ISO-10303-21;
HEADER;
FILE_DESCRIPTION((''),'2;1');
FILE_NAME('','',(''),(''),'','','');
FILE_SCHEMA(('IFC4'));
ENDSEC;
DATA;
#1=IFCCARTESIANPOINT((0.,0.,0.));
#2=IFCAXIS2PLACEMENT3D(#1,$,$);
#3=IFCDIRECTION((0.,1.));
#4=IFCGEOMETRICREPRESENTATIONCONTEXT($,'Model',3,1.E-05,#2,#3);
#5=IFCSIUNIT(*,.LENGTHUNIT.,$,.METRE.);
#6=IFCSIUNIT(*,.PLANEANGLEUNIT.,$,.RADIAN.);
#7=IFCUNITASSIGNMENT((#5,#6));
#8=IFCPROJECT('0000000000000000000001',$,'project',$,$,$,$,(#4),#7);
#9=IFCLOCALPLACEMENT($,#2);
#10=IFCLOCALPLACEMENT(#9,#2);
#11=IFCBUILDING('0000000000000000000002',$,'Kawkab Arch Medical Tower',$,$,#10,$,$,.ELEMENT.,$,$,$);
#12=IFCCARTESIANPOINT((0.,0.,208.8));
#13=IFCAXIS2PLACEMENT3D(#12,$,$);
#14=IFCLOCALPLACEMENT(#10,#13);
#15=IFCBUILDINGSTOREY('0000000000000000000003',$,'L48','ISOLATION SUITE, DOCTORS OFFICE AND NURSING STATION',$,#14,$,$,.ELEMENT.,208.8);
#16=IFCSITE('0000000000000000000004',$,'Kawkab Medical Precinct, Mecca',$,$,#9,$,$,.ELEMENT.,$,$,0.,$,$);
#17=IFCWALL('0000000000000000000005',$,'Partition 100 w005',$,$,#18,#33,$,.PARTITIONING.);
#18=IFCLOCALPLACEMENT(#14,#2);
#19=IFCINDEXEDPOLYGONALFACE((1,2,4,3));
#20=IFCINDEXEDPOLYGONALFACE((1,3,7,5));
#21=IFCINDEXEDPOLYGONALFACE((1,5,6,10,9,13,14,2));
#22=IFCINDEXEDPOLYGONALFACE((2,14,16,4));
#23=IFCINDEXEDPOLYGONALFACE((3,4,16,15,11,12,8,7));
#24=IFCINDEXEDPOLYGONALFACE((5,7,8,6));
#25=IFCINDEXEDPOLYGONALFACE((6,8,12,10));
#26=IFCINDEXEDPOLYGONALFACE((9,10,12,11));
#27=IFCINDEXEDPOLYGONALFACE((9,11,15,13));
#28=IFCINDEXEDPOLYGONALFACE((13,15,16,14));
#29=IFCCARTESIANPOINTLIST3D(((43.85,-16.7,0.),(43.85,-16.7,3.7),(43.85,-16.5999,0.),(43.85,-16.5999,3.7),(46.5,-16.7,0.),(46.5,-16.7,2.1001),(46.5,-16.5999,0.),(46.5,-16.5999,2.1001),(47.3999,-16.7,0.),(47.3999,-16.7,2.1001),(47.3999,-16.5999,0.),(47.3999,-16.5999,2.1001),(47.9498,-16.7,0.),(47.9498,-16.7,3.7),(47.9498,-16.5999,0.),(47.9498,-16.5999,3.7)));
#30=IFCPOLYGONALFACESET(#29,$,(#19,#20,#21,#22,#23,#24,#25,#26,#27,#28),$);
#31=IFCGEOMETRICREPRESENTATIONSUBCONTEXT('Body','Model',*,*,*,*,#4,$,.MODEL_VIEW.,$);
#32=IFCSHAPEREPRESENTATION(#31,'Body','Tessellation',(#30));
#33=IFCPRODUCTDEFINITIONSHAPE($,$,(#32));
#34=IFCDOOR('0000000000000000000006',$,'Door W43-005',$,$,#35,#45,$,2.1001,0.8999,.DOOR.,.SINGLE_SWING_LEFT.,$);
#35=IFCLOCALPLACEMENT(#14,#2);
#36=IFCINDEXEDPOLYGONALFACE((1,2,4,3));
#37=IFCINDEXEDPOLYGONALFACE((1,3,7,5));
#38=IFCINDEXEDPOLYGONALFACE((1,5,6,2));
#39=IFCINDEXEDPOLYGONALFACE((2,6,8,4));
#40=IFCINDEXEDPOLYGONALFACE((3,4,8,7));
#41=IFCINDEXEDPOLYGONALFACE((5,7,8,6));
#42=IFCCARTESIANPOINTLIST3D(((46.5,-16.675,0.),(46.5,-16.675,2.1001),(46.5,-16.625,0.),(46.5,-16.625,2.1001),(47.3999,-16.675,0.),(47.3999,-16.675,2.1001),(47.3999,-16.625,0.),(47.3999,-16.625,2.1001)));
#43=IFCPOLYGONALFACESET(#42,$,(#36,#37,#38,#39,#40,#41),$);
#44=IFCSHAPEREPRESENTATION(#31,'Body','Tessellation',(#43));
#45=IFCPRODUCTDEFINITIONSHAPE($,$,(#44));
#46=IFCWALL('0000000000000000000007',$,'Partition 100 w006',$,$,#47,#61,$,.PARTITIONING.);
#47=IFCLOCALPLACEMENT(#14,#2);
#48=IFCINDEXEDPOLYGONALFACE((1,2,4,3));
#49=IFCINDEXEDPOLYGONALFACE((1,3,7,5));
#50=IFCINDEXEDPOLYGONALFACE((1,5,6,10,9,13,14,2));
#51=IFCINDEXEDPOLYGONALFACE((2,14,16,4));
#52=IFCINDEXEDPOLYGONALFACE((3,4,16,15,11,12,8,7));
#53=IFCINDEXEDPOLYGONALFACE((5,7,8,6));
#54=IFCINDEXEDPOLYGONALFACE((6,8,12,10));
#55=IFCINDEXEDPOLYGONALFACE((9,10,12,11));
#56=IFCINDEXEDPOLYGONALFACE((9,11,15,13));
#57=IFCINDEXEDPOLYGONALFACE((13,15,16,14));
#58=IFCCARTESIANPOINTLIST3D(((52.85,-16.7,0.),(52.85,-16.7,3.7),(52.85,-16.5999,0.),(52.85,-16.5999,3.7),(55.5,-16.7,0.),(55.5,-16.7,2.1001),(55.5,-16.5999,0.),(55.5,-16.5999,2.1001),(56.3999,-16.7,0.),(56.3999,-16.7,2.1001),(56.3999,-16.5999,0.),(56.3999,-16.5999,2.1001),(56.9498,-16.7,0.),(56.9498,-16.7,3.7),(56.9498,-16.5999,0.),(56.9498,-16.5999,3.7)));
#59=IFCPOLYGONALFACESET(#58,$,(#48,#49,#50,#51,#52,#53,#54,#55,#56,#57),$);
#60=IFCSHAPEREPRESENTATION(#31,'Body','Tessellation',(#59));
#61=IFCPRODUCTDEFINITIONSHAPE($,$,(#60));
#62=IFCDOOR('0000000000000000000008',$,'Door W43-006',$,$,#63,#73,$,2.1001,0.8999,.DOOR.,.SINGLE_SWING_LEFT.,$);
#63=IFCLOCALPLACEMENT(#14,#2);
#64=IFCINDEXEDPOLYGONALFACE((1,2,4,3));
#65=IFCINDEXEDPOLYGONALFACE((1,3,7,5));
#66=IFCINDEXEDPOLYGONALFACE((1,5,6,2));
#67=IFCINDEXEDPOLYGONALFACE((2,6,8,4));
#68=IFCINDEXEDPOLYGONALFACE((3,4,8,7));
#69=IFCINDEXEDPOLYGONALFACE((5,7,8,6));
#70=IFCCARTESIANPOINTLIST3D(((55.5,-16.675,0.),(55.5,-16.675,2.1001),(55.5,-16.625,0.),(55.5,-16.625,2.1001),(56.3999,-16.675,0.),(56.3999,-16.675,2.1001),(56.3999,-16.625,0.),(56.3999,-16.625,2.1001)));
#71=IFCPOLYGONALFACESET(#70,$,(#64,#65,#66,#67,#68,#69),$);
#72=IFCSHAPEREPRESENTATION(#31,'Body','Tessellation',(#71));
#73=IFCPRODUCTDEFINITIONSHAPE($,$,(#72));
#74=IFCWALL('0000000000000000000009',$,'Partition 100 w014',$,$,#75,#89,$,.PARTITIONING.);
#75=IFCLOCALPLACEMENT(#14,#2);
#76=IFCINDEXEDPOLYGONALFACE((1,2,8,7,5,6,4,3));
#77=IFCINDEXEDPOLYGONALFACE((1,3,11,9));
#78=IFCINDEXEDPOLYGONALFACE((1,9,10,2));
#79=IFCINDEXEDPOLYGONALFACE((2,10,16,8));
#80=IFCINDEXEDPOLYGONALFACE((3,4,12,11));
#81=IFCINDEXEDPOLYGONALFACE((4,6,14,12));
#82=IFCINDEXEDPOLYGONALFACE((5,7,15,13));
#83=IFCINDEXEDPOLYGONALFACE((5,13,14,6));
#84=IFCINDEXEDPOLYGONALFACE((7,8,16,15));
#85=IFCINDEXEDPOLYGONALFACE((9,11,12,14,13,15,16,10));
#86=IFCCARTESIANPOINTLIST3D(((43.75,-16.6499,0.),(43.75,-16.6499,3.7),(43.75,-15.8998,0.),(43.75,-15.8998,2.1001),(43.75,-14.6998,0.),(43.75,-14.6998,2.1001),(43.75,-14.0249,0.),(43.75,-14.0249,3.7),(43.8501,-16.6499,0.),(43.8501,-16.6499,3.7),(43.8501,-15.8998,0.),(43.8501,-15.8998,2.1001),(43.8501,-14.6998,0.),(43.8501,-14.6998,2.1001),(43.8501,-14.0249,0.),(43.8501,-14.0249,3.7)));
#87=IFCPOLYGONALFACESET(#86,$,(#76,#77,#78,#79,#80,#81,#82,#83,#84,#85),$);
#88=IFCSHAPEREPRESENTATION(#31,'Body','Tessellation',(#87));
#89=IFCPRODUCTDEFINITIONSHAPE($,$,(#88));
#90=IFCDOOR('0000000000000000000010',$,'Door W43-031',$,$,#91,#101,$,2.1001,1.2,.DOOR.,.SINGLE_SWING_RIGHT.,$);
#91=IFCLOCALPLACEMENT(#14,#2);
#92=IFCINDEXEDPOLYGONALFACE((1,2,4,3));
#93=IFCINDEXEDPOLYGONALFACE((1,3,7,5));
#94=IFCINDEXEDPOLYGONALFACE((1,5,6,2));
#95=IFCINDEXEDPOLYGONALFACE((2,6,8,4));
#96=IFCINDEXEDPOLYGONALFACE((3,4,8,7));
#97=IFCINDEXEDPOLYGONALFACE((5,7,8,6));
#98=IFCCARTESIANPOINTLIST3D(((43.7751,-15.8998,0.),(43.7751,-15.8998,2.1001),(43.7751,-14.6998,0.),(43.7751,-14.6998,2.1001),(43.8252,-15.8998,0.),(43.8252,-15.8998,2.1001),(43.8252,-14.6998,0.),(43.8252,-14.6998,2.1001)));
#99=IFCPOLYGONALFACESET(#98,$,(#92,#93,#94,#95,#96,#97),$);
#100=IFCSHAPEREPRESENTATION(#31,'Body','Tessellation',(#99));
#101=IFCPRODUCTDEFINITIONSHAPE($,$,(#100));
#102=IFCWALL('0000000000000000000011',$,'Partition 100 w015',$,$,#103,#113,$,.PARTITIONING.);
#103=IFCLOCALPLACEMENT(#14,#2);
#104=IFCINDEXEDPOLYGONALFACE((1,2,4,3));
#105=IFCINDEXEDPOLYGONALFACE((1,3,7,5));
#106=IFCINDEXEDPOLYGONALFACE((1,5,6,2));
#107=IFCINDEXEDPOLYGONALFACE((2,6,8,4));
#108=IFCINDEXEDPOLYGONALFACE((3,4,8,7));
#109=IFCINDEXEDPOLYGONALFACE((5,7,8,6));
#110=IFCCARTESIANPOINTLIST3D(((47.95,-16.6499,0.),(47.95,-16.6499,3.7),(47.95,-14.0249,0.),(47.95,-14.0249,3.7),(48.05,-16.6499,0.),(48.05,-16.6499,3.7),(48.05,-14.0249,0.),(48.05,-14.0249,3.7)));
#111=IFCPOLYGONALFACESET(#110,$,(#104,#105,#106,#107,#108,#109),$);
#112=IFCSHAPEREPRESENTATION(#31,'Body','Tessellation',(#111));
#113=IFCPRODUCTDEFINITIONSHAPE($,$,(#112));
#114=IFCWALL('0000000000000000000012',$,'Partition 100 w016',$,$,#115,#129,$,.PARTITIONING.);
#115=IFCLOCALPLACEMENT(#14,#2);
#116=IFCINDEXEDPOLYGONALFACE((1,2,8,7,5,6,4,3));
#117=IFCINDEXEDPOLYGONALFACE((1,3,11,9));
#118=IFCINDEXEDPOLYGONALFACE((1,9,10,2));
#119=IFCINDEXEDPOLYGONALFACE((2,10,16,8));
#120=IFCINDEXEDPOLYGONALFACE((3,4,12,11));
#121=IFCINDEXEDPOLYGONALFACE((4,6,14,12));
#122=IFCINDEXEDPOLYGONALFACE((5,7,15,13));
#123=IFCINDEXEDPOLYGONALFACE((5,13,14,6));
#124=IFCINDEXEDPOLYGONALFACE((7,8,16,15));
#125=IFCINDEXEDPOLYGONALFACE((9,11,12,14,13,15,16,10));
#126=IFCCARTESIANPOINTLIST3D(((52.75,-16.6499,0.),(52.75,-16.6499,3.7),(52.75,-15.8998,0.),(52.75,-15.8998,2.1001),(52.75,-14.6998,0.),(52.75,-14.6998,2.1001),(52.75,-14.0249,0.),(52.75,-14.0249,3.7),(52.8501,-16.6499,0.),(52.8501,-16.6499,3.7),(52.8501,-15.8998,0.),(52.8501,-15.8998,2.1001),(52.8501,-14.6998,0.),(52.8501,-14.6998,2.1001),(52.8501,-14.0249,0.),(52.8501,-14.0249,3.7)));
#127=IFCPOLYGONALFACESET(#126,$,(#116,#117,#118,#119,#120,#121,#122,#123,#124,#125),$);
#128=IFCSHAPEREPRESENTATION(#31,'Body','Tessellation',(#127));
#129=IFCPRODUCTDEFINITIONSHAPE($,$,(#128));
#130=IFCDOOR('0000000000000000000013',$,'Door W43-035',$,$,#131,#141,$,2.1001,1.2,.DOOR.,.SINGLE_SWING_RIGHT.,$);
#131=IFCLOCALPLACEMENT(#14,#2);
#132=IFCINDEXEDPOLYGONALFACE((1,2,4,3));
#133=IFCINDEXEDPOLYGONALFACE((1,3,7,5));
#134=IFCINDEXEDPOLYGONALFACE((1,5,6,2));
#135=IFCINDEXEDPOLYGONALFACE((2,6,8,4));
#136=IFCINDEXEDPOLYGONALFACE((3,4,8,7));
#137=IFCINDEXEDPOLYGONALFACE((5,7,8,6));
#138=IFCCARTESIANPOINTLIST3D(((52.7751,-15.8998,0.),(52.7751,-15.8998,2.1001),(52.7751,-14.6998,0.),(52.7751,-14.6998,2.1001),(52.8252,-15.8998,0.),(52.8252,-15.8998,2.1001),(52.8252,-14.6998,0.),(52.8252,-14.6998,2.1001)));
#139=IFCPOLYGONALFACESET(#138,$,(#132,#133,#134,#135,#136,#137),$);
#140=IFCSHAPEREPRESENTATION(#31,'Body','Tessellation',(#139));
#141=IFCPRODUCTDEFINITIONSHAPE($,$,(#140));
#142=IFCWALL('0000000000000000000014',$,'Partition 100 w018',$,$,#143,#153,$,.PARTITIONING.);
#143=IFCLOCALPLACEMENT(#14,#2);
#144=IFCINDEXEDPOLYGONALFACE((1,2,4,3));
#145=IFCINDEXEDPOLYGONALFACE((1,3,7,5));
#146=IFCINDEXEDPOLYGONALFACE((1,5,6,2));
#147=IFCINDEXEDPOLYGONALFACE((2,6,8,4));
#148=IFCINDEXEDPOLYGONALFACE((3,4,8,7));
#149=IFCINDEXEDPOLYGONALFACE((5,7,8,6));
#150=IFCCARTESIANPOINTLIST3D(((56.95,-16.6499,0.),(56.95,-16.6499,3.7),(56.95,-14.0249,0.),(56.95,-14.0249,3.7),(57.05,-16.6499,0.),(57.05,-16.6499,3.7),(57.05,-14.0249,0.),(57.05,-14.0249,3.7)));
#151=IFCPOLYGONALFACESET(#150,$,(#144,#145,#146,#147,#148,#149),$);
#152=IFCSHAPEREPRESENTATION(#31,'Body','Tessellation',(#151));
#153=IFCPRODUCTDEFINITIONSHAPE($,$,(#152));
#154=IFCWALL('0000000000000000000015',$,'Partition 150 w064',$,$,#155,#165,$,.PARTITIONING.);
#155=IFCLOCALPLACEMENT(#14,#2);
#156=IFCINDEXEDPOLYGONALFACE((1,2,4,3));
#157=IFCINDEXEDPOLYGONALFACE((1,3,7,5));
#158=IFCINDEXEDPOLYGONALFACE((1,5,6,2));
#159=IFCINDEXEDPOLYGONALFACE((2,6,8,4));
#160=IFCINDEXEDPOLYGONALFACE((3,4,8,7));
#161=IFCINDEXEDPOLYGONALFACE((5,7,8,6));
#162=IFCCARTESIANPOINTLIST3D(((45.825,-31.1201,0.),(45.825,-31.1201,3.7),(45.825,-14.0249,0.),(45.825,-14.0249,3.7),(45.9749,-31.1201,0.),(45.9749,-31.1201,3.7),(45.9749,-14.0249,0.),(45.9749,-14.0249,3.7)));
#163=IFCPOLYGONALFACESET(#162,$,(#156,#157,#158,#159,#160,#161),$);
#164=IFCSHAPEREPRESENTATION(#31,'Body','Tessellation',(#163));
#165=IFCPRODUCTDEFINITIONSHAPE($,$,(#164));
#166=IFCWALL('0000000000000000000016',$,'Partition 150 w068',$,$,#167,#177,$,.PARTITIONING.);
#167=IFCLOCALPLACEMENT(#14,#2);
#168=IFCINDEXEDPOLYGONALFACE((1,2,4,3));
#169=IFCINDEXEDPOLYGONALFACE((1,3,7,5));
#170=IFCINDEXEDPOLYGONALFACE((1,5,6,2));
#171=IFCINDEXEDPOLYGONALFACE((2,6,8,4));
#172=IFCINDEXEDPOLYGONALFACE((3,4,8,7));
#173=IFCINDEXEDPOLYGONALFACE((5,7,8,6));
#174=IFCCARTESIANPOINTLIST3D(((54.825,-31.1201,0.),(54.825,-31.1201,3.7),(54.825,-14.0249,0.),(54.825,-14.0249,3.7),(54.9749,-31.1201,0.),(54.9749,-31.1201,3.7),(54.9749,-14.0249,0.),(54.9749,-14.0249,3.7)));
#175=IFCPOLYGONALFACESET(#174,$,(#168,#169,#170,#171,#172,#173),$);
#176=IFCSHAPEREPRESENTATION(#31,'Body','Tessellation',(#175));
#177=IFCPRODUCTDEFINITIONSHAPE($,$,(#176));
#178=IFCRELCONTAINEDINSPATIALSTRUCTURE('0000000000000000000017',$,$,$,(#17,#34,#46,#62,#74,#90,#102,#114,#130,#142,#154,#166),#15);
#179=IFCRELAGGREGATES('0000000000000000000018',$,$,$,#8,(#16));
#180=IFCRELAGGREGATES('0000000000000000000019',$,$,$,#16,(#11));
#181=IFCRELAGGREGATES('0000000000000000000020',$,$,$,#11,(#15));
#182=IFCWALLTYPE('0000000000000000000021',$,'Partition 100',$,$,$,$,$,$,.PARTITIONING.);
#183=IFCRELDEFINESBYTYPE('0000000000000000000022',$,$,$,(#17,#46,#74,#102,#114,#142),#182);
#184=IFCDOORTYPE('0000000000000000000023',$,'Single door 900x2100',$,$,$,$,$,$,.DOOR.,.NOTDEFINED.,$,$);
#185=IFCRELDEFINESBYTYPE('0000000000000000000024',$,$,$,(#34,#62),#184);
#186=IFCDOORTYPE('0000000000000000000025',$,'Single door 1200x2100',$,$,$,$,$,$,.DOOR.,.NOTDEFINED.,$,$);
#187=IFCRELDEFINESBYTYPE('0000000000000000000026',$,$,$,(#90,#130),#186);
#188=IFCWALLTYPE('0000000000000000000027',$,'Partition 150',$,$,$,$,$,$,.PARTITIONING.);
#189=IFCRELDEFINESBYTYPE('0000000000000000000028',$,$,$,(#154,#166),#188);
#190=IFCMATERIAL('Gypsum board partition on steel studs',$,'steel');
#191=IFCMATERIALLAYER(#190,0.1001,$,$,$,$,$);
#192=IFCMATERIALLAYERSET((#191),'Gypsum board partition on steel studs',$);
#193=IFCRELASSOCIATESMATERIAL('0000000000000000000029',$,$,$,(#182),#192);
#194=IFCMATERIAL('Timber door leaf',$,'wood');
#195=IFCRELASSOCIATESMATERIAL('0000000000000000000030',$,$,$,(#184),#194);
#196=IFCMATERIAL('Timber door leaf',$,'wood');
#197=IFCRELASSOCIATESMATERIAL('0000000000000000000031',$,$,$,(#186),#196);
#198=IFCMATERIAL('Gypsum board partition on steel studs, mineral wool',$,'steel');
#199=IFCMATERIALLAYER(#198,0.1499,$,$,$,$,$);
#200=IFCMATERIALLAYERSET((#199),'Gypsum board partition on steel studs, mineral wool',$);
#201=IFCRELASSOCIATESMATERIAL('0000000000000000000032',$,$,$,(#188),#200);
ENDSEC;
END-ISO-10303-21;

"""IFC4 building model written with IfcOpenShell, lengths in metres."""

from ifc_helpers import new_model, si_unit, direction, frame, frame_2d, origin, place, context, subcontext, project, spatial, rectangle, extrude, material, layer, layer_set, type_object, element, fill, save


model = new_model("IFC4")

# Units and contexts
model_context = context("Model", 3, precision=1e-05, world=origin(), true_north=direction((0.0, 1.0)))
body_context = subcontext(model_context, "Body", "Model", "MODEL_VIEW")
ifc_project = project(units=[si_unit("LENGTHUNIT", "METRE"), si_unit("PLANEANGLEUNIT", "RADIAN")], contexts=[model_context])

# Site, building, storey
site_placement = place(None, origin())
site = spatial("IfcSite", under=ifc_project, at=site_placement, Name="Kawkab Medical Precinct, Mecca", CompositionType="ELEMENT", RefElevation=0.0)
building_placement = place(site_placement, origin())
building = spatial("IfcBuilding", under=site, at=building_placement, Name="Kawkab Arch Medical Tower", CompositionType="ELEMENT")
storey_placement = place(building_placement, frame((0.0, 0.0, 208.8)))
storey = spatial("IfcBuildingStorey", under=building, at=storey_placement, Name="L48", Description="ISOLATION SUITE, DOCTORS OFFICE AND NURSING STATION", CompositionType="ELEMENT", Elevation=208.8)

# Walls, openings, doors
ifc_material_1 = material(Name="Gypsum board partition on steel studs", Category="steel")
ifc_layer_1 = layer(ifc_material_1, 0.1001)
ifc_layer_set_1 = layer_set([ifc_layer_1], Name="Gypsum board partition on steel studs")
wall_type_1 = type_object("IfcWallType", Name="Partition 100", PredefinedType="PARTITIONING", material=ifc_layer_set_1)
wall_1_placement = place(storey_placement, frame((43.8501, -16.6499, 0.0), z_axis=(0.0, 0.0, 1.0), x_axis=(1.0, 0.0, 0.0)))
wall_1 = element("IfcWall", 1, at=wall_1_placement, inside=storey, type_object=wall_type_1, Name="Partition 100 w005", PredefinedType="PARTITIONING", context=body_context, shape_type="SweptSolid", body=[
    extrude(rectangle(XDim=4.0999, YDim=0.1001, at=frame_2d((2.0498, 0.0))), origin(), (0.0, 0.0, 1.0), 3.7),
])
opening_1_placement = place(wall_1_placement, frame((2.6499, 0.0, 0.0)))
opening_1 = element("IfcOpeningElement", 2, at=opening_1_placement, cuts=wall_1, PredefinedType="OPENING", context=body_context, shape_type="SweptSolid", body=[
    extrude(rectangle(XDim=0.8999, YDim=2.1001, at=frame_2d((0.45, 1.05))), frame((0.0, 0.0601, 0.0), z_axis=(0.0, -1.0, 0.0), x_axis=(1.0, 0.0, 0.0)), (0.0, 0.0, 1.0), 0.1201),
])
ifc_material_2 = material(Name="Timber door leaf", Category="wood")
door_type_1 = type_object("IfcDoorType", Name="Single door 900x2100", OperationType="NOTDEFINED", PredefinedType="DOOR", material=ifc_material_2)
door_1_placement = place(opening_1_placement, origin())
door_1 = element("IfcDoor", 3, at=door_1_placement, inside=storey, type_object=door_type_1, Name="Door W43-005", OperationType="SINGLE_SWING_LEFT", OverallHeight=2.1001, OverallWidth=0.8999, PredefinedType="DOOR", context=body_context, shape_type="SweptSolid", body=[
    extrude(rectangle(XDim=0.8999, YDim=2.1001, at=frame_2d((0.45, 1.05))), frame((0.0, 0.0249, 0.0), z_axis=(0.0, -1.0, 0.0), x_axis=(1.0, 0.0, 0.0)), (0.0, 0.0, 1.0), 0.05),
])
fill(opening_1, door_1)
wall_2_placement = place(storey_placement, frame((52.8501, -16.6499, 0.0), z_axis=(0.0, 0.0, 1.0), x_axis=(1.0, 0.0, 0.0)))
wall_2 = element("IfcWall", 4, at=wall_2_placement, inside=storey, type_object=wall_type_1, Name="Partition 100 w006", PredefinedType="PARTITIONING", context=body_context, shape_type="SweptSolid", body=[
    extrude(rectangle(XDim=4.0999, YDim=0.1001, at=frame_2d((2.0498, 0.0))), origin(), (0.0, 0.0, 1.0), 3.7),
])
opening_2_placement = place(wall_2_placement, frame((2.6499, 0.0, 0.0)))
opening_2 = element("IfcOpeningElement", 5, at=opening_2_placement, cuts=wall_2, PredefinedType="OPENING", context=body_context, shape_type="SweptSolid", body=[
    extrude(rectangle(XDim=0.8999, YDim=2.1001, at=frame_2d((0.45, 1.05))), frame((0.0, 0.0601, 0.0), z_axis=(0.0, -1.0, 0.0), x_axis=(1.0, 0.0, 0.0)), (0.0, 0.0, 1.0), 0.1201),
])
door_2_placement = place(opening_2_placement, origin())
door_2 = element("IfcDoor", 6, at=door_2_placement, inside=storey, type_object=door_type_1, Name="Door W43-006", OperationType="SINGLE_SWING_LEFT", OverallHeight=2.1001, OverallWidth=0.8999, PredefinedType="DOOR", context=body_context, shape_type="SweptSolid", body=[
    extrude(rectangle(XDim=0.8999, YDim=2.1001, at=frame_2d((0.45, 1.05))), frame((0.0, 0.0249, 0.0), z_axis=(0.0, -1.0, 0.0), x_axis=(1.0, 0.0, 0.0)), (0.0, 0.0, 1.0), 0.05),
])
fill(opening_2, door_2)
wall_3_placement = place(storey_placement, frame((43.8, -16.6499, 0.0), z_axis=(0.0, 0.0, 1.0), x_axis=(0.0, 1.0, 0.0)))
wall_3 = element("IfcWall", 7, at=wall_3_placement, inside=storey, type_object=wall_type_1, Name="Partition 100 w014", PredefinedType="PARTITIONING", context=body_context, shape_type="SweptSolid", body=[
    extrude(rectangle(XDim=2.625, YDim=0.1001, at=frame_2d((1.3125, 0.0))), origin(), (0.0, 0.0, 1.0), 3.7),
])
opening_3_placement = place(wall_3_placement, frame((0.75, 0.0, 0.0)))
opening_3 = element("IfcOpeningElement", 8, at=opening_3_placement, cuts=wall_3, PredefinedType="OPENING", context=body_context, shape_type="SweptSolid", body=[
    extrude(rectangle(XDim=1.2, YDim=2.1001, at=frame_2d((0.6001, 1.05))), frame((0.0, 0.0601, 0.0), z_axis=(0.0, -1.0, 0.0), x_axis=(1.0, 0.0, 0.0)), (0.0, 0.0, 1.0), 0.1201),
])
ifc_material_3 = material(Name="Timber door leaf", Category="wood")
door_type_2 = type_object("IfcDoorType", Name="Single door 1200x2100", OperationType="NOTDEFINED", PredefinedType="DOOR", material=ifc_material_3)
door_3_placement = place(opening_3_placement, origin())
door_3 = element("IfcDoor", 9, at=door_3_placement, inside=storey, type_object=door_type_2, Name="Door W43-031", OperationType="SINGLE_SWING_RIGHT", OverallHeight=2.1001, OverallWidth=1.2, PredefinedType="DOOR", context=body_context, shape_type="SweptSolid", body=[
    extrude(rectangle(XDim=1.2, YDim=2.1001, at=frame_2d((0.6001, 1.05))), frame((0.0, 0.0249, 0.0), z_axis=(0.0, -1.0, 0.0), x_axis=(1.0, 0.0, 0.0)), (0.0, 0.0, 1.0), 0.05),
])
fill(opening_3, door_3)

# Wall
wall_4_placement = place(storey_placement, frame((48.0, -16.6499, 0.0), z_axis=(0.0, 0.0, 1.0), x_axis=(0.0, 1.0, 0.0)))
element("IfcWall", 10, at=wall_4_placement, inside=storey, type_object=wall_type_1, Name="Partition 100 w015", PredefinedType="PARTITIONING", context=body_context, shape_type="SweptSolid", body=[
    extrude(rectangle(XDim=2.625, YDim=0.1001, at=frame_2d((1.3125, 0.0))), origin(), (0.0, 0.0, 1.0), 3.7),
])

# Wall, opening, door
wall_5_placement = place(storey_placement, frame((52.8, -16.6499, 0.0), z_axis=(0.0, 0.0, 1.0), x_axis=(0.0, 1.0, 0.0)))
wall_5 = element("IfcWall", 11, at=wall_5_placement, inside=storey, type_object=wall_type_1, Name="Partition 100 w016", PredefinedType="PARTITIONING", context=body_context, shape_type="SweptSolid", body=[
    extrude(rectangle(XDim=2.625, YDim=0.1001, at=frame_2d((1.3125, 0.0))), origin(), (0.0, 0.0, 1.0), 3.7),
])
opening_4_placement = place(wall_5_placement, frame((0.75, 0.0, 0.0)))
opening_4 = element("IfcOpeningElement", 12, at=opening_4_placement, cuts=wall_5, PredefinedType="OPENING", context=body_context, shape_type="SweptSolid", body=[
    extrude(rectangle(XDim=1.2, YDim=2.1001, at=frame_2d((0.6001, 1.05))), frame((0.0, 0.0601, 0.0), z_axis=(0.0, -1.0, 0.0), x_axis=(1.0, 0.0, 0.0)), (0.0, 0.0, 1.0), 0.1201),
])
door_4_placement = place(opening_4_placement, origin())
door_4 = element("IfcDoor", 13, at=door_4_placement, inside=storey, type_object=door_type_2, Name="Door W43-035", OperationType="SINGLE_SWING_RIGHT", OverallHeight=2.1001, OverallWidth=1.2, PredefinedType="DOOR", context=body_context, shape_type="SweptSolid", body=[
    extrude(rectangle(XDim=1.2, YDim=2.1001, at=frame_2d((0.6001, 1.05))), frame((0.0, 0.0249, 0.0), z_axis=(0.0, -1.0, 0.0), x_axis=(1.0, 0.0, 0.0)), (0.0, 0.0, 1.0), 0.05),
])
fill(opening_4, door_4)

# Walls
wall_6_placement = place(storey_placement, frame((57.0, -16.6499, 0.0), z_axis=(0.0, 0.0, 1.0), x_axis=(0.0, 1.0, 0.0)))
element("IfcWall", 14, at=wall_6_placement, inside=storey, type_object=wall_type_1, Name="Partition 100 w018", PredefinedType="PARTITIONING", context=body_context, shape_type="SweptSolid", body=[
    extrude(rectangle(XDim=2.625, YDim=0.1001, at=frame_2d((1.3125, 0.0))), origin(), (0.0, 0.0, 1.0), 3.7),
])
ifc_material_4 = material(Name="Gypsum board partition on steel studs, mineral wool", Category="steel")
ifc_layer_2 = layer(ifc_material_4, 0.1499)
ifc_layer_set_2 = layer_set([ifc_layer_2], Name="Gypsum board partition on steel studs, mineral wool")
wall_type_2 = type_object("IfcWallType", Name="Partition 150", PredefinedType="PARTITIONING", material=ifc_layer_set_2)
for number, where, z_axis, x_axis, name in (
    (15, (45.8999, -31.1201, 0.0), (0.0, 0.0, 1.0), (0.0, 1.0, 0.0), "Partition 150 w064"),
    (16, (54.8999, -31.1201, 0.0), (0.0, 0.0, 1.0), (0.0, 1.0, 0.0), "Partition 150 w068"),
):
    element("IfcWall", number, at=place(storey_placement, frame(where, z_axis=z_axis, x_axis=x_axis)), inside=storey, type_object=wall_type_2, Name=name, PredefinedType="PARTITIONING", context=body_context, shape_type="SweptSolid", body=[
        extrude(rectangle(XDim=17.0952, YDim=0.1499, at=frame_2d((8.5476, 0.0))), origin(), (0.0, 0.0, 1.0), 3.7),
    ])

save(model, "model.ifc")
